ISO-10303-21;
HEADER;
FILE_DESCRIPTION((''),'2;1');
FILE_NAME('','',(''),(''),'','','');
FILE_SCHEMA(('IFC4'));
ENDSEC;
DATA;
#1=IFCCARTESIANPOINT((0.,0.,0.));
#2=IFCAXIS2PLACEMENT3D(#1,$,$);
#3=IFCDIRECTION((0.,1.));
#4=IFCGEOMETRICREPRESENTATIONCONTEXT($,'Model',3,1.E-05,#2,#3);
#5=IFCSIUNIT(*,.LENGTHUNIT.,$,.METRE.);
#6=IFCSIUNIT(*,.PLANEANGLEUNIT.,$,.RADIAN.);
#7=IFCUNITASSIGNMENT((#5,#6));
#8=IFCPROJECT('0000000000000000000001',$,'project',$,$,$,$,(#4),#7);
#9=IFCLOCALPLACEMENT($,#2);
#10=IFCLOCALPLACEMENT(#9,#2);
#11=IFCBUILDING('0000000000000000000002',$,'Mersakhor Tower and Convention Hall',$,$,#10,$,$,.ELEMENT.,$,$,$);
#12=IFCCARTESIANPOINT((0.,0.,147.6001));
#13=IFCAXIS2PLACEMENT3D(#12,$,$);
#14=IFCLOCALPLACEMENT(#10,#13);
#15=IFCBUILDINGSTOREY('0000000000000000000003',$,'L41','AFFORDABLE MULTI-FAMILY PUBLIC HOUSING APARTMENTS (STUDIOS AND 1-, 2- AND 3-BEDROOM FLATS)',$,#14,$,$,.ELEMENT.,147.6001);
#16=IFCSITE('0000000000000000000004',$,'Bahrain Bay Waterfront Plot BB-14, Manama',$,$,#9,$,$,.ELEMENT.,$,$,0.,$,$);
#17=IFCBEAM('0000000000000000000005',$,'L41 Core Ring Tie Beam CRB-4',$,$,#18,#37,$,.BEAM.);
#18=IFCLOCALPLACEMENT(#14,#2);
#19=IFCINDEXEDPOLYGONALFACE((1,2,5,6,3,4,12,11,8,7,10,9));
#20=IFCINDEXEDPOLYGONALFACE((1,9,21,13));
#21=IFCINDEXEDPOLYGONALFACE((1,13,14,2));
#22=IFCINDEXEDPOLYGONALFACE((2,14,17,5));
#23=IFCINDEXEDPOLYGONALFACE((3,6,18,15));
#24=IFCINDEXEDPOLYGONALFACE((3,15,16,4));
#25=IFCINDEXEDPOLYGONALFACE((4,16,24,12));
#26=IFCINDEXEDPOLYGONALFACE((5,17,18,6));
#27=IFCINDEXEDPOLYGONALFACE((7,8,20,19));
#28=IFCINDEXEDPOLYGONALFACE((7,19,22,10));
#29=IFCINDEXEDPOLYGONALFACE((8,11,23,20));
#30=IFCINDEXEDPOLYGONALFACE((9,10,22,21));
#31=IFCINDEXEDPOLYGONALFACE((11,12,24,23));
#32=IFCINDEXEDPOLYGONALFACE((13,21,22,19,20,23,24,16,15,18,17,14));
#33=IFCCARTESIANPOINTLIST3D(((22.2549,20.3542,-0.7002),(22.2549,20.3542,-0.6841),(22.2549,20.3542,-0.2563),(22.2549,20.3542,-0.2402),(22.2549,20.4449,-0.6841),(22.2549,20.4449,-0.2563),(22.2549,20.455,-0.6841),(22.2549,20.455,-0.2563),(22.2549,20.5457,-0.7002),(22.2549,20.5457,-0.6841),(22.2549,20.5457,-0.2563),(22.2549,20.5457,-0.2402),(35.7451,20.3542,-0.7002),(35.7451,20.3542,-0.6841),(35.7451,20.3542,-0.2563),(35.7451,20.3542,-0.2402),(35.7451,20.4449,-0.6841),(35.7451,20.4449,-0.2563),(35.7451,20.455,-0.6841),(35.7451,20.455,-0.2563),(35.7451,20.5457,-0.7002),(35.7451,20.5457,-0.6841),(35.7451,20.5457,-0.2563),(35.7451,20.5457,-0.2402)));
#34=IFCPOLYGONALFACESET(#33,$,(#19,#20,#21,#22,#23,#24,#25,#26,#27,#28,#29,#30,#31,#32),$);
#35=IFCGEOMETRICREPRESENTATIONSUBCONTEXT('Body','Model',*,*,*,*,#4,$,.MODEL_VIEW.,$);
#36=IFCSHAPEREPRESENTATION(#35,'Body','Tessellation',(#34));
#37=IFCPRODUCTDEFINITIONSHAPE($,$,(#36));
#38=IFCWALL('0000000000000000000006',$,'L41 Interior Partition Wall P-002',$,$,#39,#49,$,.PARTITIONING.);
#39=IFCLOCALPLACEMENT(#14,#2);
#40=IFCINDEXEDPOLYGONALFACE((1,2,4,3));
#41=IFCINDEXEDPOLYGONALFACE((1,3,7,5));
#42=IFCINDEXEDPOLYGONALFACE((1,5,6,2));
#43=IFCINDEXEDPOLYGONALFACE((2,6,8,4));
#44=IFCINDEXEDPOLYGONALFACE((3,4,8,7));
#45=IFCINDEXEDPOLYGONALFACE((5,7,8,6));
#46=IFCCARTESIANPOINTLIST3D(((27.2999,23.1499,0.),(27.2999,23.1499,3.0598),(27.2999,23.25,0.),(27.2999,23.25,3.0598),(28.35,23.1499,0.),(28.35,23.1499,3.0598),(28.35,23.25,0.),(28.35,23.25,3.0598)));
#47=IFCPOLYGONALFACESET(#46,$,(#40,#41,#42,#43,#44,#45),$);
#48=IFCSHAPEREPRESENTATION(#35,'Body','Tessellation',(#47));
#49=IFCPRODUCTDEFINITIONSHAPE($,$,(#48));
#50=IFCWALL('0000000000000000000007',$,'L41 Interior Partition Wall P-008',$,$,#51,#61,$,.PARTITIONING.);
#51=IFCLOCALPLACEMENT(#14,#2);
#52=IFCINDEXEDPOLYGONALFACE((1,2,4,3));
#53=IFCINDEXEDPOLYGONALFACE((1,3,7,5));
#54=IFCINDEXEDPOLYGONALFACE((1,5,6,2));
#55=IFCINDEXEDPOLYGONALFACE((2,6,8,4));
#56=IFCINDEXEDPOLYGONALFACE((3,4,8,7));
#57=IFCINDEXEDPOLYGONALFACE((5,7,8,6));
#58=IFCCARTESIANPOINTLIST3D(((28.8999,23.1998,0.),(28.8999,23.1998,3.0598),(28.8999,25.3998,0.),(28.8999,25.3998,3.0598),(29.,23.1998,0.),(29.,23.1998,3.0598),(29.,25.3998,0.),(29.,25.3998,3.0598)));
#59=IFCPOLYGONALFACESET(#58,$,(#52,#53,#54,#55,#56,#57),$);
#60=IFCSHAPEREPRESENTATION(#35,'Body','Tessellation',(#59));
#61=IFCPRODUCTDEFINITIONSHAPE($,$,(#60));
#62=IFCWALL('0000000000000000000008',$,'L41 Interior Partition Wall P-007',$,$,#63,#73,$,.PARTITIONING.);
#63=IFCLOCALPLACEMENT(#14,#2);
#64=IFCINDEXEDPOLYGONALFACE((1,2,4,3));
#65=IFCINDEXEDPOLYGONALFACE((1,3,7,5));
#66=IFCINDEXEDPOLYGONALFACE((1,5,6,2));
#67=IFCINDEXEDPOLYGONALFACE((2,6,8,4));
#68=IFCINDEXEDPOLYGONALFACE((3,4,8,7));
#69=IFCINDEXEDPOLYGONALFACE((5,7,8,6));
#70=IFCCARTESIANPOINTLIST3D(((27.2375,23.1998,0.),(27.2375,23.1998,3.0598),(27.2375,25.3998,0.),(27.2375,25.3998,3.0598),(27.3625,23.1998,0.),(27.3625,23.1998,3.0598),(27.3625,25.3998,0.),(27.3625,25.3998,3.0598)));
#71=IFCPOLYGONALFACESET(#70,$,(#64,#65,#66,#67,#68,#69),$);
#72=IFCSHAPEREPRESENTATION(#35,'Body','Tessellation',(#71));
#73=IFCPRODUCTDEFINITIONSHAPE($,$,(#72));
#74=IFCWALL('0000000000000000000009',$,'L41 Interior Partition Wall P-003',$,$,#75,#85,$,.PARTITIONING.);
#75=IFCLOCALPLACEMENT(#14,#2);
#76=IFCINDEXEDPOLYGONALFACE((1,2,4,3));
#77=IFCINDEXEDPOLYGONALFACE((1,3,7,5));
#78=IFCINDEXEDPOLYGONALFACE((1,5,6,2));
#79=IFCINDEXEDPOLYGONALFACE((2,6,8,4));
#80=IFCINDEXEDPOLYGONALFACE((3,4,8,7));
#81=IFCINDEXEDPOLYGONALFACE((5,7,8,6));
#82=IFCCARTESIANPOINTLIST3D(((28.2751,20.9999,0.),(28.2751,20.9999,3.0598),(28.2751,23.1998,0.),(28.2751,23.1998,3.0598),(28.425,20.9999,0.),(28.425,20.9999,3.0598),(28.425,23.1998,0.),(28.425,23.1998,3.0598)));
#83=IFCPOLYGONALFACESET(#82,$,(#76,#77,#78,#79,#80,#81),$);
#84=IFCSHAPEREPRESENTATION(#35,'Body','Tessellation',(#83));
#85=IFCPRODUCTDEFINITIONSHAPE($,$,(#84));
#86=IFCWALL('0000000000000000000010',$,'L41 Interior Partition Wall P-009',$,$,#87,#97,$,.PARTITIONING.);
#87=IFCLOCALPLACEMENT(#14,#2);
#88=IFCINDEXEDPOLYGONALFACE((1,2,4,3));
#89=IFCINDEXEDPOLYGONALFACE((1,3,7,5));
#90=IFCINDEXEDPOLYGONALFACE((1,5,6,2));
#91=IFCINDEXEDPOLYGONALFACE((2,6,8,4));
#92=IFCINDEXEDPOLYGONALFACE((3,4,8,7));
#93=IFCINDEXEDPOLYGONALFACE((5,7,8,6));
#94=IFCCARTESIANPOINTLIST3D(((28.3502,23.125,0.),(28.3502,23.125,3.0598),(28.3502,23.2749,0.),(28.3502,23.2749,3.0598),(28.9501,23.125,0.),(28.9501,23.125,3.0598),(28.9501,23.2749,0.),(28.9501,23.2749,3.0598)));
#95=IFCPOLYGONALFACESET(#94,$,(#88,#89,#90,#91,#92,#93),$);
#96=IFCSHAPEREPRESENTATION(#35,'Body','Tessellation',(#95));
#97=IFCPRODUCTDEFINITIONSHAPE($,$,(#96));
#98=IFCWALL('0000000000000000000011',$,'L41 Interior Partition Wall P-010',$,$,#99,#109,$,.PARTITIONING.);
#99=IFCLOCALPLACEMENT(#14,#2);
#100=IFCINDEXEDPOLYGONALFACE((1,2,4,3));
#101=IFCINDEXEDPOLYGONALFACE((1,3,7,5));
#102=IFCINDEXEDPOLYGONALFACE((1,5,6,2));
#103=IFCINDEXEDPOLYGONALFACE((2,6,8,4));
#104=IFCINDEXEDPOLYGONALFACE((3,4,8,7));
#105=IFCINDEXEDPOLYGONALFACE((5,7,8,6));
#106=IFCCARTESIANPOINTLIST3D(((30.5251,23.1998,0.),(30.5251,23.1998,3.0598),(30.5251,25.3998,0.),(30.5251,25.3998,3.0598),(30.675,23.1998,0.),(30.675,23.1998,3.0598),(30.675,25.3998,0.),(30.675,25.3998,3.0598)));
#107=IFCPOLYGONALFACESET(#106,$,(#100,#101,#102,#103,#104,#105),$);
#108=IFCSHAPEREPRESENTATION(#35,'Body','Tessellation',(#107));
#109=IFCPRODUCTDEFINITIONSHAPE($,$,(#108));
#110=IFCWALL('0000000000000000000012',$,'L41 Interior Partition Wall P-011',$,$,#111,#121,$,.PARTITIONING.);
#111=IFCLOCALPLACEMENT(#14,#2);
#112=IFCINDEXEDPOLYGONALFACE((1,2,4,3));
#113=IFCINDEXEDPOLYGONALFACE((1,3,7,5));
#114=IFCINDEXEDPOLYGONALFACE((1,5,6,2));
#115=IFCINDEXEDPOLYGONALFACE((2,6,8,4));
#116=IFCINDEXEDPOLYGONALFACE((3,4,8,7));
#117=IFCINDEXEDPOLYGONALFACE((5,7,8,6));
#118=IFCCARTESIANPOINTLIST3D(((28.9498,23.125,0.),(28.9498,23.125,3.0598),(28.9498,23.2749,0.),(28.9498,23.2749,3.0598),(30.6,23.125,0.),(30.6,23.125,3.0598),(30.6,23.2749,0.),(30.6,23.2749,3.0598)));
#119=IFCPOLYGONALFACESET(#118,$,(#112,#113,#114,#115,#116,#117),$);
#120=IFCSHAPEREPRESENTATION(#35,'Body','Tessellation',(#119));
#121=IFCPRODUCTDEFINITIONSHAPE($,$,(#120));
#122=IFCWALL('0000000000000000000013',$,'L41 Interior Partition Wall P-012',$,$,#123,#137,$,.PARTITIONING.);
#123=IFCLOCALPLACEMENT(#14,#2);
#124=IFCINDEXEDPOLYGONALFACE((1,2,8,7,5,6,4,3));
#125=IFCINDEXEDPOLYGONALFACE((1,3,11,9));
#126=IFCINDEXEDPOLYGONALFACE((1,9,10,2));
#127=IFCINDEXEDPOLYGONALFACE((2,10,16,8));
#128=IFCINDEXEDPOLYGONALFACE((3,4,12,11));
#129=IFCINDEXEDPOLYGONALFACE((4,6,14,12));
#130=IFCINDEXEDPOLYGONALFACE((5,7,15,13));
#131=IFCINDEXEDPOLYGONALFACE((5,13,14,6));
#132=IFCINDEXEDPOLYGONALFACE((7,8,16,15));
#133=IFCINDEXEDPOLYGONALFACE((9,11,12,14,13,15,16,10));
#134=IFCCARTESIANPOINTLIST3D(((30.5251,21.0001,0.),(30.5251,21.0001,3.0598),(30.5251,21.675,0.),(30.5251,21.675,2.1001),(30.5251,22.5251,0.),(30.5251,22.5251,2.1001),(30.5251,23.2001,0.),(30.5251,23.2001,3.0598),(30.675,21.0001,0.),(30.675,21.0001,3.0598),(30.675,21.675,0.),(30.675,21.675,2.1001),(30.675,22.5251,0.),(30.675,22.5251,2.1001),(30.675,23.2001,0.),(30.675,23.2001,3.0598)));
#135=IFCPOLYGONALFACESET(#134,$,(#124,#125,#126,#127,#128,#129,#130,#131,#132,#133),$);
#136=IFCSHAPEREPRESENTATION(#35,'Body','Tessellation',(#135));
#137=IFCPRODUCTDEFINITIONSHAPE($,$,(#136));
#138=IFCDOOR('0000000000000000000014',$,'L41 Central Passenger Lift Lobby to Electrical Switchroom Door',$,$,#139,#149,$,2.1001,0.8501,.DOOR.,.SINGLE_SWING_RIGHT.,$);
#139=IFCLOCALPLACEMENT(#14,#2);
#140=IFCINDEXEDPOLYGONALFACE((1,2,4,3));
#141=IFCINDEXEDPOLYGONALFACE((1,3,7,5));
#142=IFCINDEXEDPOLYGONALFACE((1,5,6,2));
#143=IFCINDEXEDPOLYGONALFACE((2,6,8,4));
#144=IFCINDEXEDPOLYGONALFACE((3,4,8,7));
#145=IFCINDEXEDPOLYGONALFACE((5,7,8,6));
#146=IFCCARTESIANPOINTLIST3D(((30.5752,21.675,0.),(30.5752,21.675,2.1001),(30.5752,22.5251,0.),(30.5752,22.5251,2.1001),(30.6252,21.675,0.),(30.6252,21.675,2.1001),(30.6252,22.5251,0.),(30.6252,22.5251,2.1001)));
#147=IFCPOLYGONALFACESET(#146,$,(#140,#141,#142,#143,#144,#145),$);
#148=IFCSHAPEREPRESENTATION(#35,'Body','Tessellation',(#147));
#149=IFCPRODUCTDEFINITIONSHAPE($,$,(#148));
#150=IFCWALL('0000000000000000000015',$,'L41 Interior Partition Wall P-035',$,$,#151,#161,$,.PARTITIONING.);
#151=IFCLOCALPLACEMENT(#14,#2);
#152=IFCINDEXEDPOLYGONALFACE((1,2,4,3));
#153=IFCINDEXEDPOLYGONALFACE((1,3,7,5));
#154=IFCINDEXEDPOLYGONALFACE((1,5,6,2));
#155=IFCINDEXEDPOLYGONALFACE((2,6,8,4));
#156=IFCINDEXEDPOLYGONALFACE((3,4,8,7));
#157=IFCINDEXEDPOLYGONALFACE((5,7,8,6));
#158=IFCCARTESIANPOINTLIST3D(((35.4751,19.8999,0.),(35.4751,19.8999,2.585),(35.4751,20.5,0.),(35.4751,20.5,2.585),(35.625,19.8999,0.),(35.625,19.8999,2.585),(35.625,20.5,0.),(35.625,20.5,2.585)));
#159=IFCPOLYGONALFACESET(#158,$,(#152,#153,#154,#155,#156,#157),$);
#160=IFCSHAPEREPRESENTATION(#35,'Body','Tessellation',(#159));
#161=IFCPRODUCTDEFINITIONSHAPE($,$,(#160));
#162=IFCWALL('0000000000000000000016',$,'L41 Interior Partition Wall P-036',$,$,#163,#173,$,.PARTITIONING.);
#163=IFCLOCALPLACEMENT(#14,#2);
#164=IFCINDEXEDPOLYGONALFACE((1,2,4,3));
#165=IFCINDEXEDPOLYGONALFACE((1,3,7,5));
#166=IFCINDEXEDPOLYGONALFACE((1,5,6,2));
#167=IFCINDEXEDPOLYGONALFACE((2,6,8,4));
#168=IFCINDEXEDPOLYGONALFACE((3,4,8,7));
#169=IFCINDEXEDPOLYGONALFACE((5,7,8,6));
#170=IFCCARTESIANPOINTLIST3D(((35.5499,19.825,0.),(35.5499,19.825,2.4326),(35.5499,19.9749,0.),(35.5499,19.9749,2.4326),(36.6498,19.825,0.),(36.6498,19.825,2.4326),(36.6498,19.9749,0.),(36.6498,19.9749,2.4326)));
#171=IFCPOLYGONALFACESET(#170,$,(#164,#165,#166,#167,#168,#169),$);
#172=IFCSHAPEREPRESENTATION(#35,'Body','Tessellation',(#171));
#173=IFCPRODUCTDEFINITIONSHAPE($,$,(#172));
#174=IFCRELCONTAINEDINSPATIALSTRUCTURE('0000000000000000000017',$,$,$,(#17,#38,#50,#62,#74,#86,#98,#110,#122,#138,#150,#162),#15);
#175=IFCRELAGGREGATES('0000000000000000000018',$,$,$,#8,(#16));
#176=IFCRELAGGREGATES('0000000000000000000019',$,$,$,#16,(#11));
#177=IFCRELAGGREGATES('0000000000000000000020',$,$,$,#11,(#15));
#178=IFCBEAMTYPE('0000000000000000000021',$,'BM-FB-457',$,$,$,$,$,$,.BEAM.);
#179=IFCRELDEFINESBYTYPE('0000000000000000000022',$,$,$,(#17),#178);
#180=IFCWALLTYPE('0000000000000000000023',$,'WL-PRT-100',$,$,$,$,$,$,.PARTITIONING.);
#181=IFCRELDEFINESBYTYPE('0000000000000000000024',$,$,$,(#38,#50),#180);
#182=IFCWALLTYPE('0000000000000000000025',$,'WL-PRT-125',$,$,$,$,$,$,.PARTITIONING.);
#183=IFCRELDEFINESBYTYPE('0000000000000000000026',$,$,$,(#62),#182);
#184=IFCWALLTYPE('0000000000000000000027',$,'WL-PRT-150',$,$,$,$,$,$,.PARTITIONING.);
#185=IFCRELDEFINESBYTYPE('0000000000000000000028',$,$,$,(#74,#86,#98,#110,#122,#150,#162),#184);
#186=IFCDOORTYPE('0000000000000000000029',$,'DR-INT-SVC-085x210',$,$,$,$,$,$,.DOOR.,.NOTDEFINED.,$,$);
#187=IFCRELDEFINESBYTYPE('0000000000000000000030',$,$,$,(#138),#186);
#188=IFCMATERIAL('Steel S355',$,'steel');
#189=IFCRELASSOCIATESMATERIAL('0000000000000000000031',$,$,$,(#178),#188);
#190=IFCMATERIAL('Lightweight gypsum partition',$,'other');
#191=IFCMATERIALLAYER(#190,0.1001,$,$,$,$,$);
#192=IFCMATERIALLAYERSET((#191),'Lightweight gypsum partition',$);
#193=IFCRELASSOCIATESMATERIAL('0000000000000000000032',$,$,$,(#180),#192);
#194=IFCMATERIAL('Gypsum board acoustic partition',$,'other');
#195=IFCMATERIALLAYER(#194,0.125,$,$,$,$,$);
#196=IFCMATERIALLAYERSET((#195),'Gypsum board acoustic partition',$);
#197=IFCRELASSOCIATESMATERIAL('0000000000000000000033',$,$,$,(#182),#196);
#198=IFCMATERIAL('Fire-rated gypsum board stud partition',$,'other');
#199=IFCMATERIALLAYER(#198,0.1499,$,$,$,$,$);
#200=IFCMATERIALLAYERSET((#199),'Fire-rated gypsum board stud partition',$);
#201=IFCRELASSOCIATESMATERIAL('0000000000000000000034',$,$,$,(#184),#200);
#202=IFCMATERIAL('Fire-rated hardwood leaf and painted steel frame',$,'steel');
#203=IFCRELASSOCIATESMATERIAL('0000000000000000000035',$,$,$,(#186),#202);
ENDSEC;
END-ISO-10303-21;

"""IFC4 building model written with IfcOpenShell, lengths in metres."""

from ifc_helpers import new_model, si_unit, direction, frame, frame_2d, origin, origin_2d, place, context, subcontext, project, spatial, rectangle, i_section, extrude, material, layer, layer_set, material_profile, profile_set, type_object, element, fill, save


model = new_model("IFC4")

# Units and contexts
model_context = context("Model", 3, precision=1e-05, world=origin(), true_north=direction((0.0, 1.0)))
body_context = subcontext(model_context, "Body", "Model", "MODEL_VIEW")
ifc_project = project(units=[si_unit("LENGTHUNIT", "METRE"), si_unit("PLANEANGLEUNIT", "RADIAN")], contexts=[model_context])

# Site, building, storey
site_placement = place(None, origin())
site = spatial("IfcSite", under=ifc_project, at=site_placement, Name="Bahrain Bay Waterfront Plot BB-14, Manama", CompositionType="ELEMENT", RefElevation=0.0)
building_placement = place(site_placement, origin())
building = spatial("IfcBuilding", under=site, at=building_placement, Name="Mersakhor Tower and Convention Hall", CompositionType="ELEMENT")
storey_placement = place(building_placement, frame((0.0, 0.0, 147.6001)))
storey = spatial("IfcBuildingStorey", under=building, at=storey_placement, Name="L41", Description="AFFORDABLE MULTI-FAMILY PUBLIC HOUSING APARTMENTS (STUDIOS AND 1-, 2- AND 3-BEDROOM FLATS)", CompositionType="ELEMENT", Elevation=147.6001)

# Beam
ifc_material_1 = material(Name="Steel S355", Category="steel")
ifc_material_profile = material_profile(ifc_material_1, i_section(OverallWidth=0.1914, OverallDepth=0.46, WebThickness=0.01, FlangeThickness=0.0161, at=origin_2d()), Name="UB 457x191x82")
ifc_profile_set = profile_set([ifc_material_profile], Name="Steel S355")
beam_type = type_object("IfcBeamType", Name="BM-FB-457", PredefinedType="BEAM", material=ifc_profile_set)
beam_placement = place(storey_placement, frame((35.7451, 20.45, -0.4702), z_axis=(-1.0, 0.0, 0.0), x_axis=(0.0, -1.0, 0.0)))
element("IfcBeam", 1, at=beam_placement, inside=storey, type_object=beam_type, Name="L41 Core Ring Tie Beam CRB-4", PredefinedType="BEAM", context=body_context, shape_type="SweptSolid", body=[
    extrude(i_section(OverallWidth=0.1914, OverallDepth=0.46, WebThickness=0.01, FlangeThickness=0.0161, at=origin_2d()), origin(), (0.0, 0.0, 1.0), 13.4902),
])

# Walls
ifc_material_2 = material(Name="Lightweight gypsum partition", Category="other")
ifc_layer_1 = layer(ifc_material_2, 0.1001)
ifc_layer_set_1 = layer_set([ifc_layer_1], Name="Lightweight gypsum partition")
wall_type_1 = type_object("IfcWallType", Name="WL-PRT-100", PredefinedType="PARTITIONING", material=ifc_layer_set_1)
wall_1_placement = place(storey_placement, frame((27.3, 23.2, 0.0), z_axis=(0.0, 0.0, 1.0), x_axis=(1.0, 0.0, 0.0)))
element("IfcWall", 2, at=wall_1_placement, inside=storey, type_object=wall_type_1, Name="L41 Interior Partition Wall P-002", PredefinedType="PARTITIONING", context=body_context, shape_type="SweptSolid", body=[
    extrude(rectangle(XDim=1.05, YDim=0.1001, at=frame_2d((0.5249, 0.0))), origin(), (0.0, 0.0, 1.0), 3.0598),
])
wall_2_placement = place(storey_placement, frame((28.95, 25.3999, 0.0), z_axis=(0.0, 0.0, 1.0), x_axis=(0.0, -1.0, 0.0)))
element("IfcWall", 3, at=wall_2_placement, inside=storey, type_object=wall_type_1, Name="L41 Interior Partition Wall P-008", PredefinedType="PARTITIONING", context=body_context, shape_type="SweptSolid", body=[
    extrude(rectangle(XDim=2.2, YDim=0.1001, at=frame_2d((1.1001, 0.0))), origin(), (0.0, 0.0, 1.0), 3.0598),
])
ifc_material_3 = material(Name="Gypsum board acoustic partition", Category="other")
ifc_layer_2 = layer(ifc_material_3, 0.125)
ifc_layer_set_2 = layer_set([ifc_layer_2], Name="Gypsum board acoustic partition")
wall_type_2 = type_object("IfcWallType", Name="WL-PRT-125", PredefinedType="PARTITIONING", material=ifc_layer_set_2)
wall_3_placement = place(storey_placement, frame((27.3, 25.3999, 0.0), z_axis=(0.0, 0.0, 1.0), x_axis=(0.0, -1.0, 0.0)))
element("IfcWall", 4, at=wall_3_placement, inside=storey, type_object=wall_type_2, Name="L41 Interior Partition Wall P-007", PredefinedType="PARTITIONING", context=body_context, shape_type="SweptSolid", body=[
    extrude(rectangle(XDim=2.2, YDim=0.125, at=frame_2d((1.1001, 0.0))), origin(), (0.0, 0.0, 1.0), 3.0598),
])
ifc_material_4 = material(Name="Fire-rated gypsum board stud partition", Category="other")
ifc_layer_3 = layer(ifc_material_4, 0.1499)
ifc_layer_set_3 = layer_set([ifc_layer_3], Name="Fire-rated gypsum board stud partition")
wall_type_3 = type_object("IfcWallType", Name="WL-PRT-150", PredefinedType="PARTITIONING", material=ifc_layer_set_3)
wall_4_placement = place(storey_placement, frame((28.3501, 23.2, 0.0), z_axis=(0.0, 0.0, 1.0), x_axis=(0.0, -1.0, 0.0)))
element("IfcWall", 5, at=wall_4_placement, inside=storey, type_object=wall_type_3, Name="L41 Interior Partition Wall P-003", PredefinedType="PARTITIONING", context=body_context, shape_type="SweptSolid", body=[
    extrude(rectangle(XDim=2.2, YDim=0.1499, at=frame_2d((1.1001, 0.0))), origin(), (0.0, 0.0, 1.0), 3.0598),
])
wall_5_placement = place(storey_placement, frame((28.95, 23.2, 0.0), z_axis=(0.0, 0.0, 1.0), x_axis=(-1.0, 0.0, 0.0)))
element("IfcWall", 6, at=wall_5_placement, inside=storey, type_object=wall_type_3, Name="L41 Interior Partition Wall P-009", PredefinedType="PARTITIONING", context=body_context, shape_type="SweptSolid", body=[
    extrude(rectangle(XDim=0.5999, YDim=0.1499, at=frame_2d((0.2998, 0.0))), origin(), (0.0, 0.0, 1.0), 3.0598),
])
wall_6_placement = place(storey_placement, frame((30.6001, 25.3999, 0.0), z_axis=(0.0, 0.0, 1.0), x_axis=(0.0, -1.0, 0.0)))
element("IfcWall", 7, at=wall_6_placement, inside=storey, type_object=wall_type_3, Name="L41 Interior Partition Wall P-010", PredefinedType="PARTITIONING", context=body_context, shape_type="SweptSolid", body=[
    extrude(rectangle(XDim=2.2, YDim=0.1499, at=frame_2d((1.1001, 0.0))), origin(), (0.0, 0.0, 1.0), 3.0598),
])
wall_7_placement = place(storey_placement, frame((30.6001, 23.2, 0.0), z_axis=(0.0, 0.0, 1.0), x_axis=(-1.0, 0.0, 0.0)))
element("IfcWall", 8, at=wall_7_placement, inside=storey, type_object=wall_type_3, Name="L41 Interior Partition Wall P-011", PredefinedType="PARTITIONING", context=body_context, shape_type="SweptSolid", body=[
    extrude(rectangle(XDim=1.6501, YDim=0.1499, at=frame_2d((0.8252, 0.0))), origin(), (0.0, 0.0, 1.0), 3.0598),
])

# Wall, opening, door
wall_8_placement = place(storey_placement, frame((30.6001, 21.0, 0.0), z_axis=(0.0, 0.0, 1.0), x_axis=(0.0, 1.0, 0.0)))
wall_8 = element("IfcWall", 9, at=wall_8_placement, inside=storey, type_object=wall_type_3, Name="L41 Interior Partition Wall P-012", PredefinedType="PARTITIONING", context=body_context, shape_type="SweptSolid", body=[
    extrude(rectangle(XDim=2.2, YDim=0.1499, at=frame_2d((1.1001, 0.0))), origin(), (0.0, 0.0, 1.0), 3.0598),
])
opening_1_placement = place(wall_8_placement, frame((0.675, 0.0, 0.0)))
opening_1 = element("IfcOpeningElement", 10, at=opening_1_placement, cuts=wall_8, PredefinedType="OPENING", context=body_context, shape_type="SweptSolid", body=[
    extrude(rectangle(XDim=0.8501, YDim=2.1001, at=frame_2d((0.425, 1.05))), frame((0.0, 0.085, 0.0), z_axis=(0.0, -1.0, 0.0), x_axis=(1.0, 0.0, 0.0)), (0.0, 0.0, 1.0), 0.1699),
])
ifc_material_5 = material(Name="Fire-rated hardwood leaf and painted steel frame", Category="steel")
door_type_1 = type_object("IfcDoorType", Name="DR-INT-SVC-085x210", OperationType="NOTDEFINED", PredefinedType="DOOR", material=ifc_material_5)
door_1_placement = place(opening_1_placement, origin())
door_1 = element("IfcDoor", 11, at=door_1_placement, inside=storey, type_object=door_type_1, Name="L41 Central Passenger Lift Lobby to Electrical Switchroom Door", OperationType="SINGLE_SWING_RIGHT", OverallHeight=2.1001, OverallWidth=0.8501, PredefinedType="DOOR", context=body_context, shape_type="SweptSolid", body=[
    extrude(rectangle(XDim=0.8501, YDim=2.1001, at=frame_2d((0.425, 1.05))), frame((0.0, 0.0249, 0.0), z_axis=(0.0, -1.0, 0.0), x_axis=(1.0, 0.0, 0.0)), (0.0, 0.0, 1.0), 0.05),
])
fill(opening_1, door_1)

# Walls
wall_9_placement = place(storey_placement, frame((35.55, 20.5, 0.0), z_axis=(0.0, 0.0, 1.0), x_axis=(0.0, -1.0, 0.0)))
element("IfcWall", 12, at=wall_9_placement, inside=storey, type_object=wall_type_3, Name="L41 Interior Partition Wall P-035", PredefinedType="PARTITIONING", context=body_context, shape_type="SweptSolid", body=[
    extrude(rectangle(XDim=0.6001, YDim=0.1499, at=frame_2d((0.3, 0.0))), origin(), (0.0, 0.0, 1.0), 2.585),
])
wall_10_placement = place(storey_placement, frame((35.55, 19.8999, 0.0), z_axis=(0.0, 0.0, 1.0), x_axis=(1.0, 0.0, 0.0)))
element("IfcWall", 13, at=wall_10_placement, inside=storey, type_object=wall_type_3, Name="L41 Interior Partition Wall P-036", PredefinedType="PARTITIONING", context=body_context, shape_type="SweptSolid", body=[
    extrude(rectangle(XDim=1.0999, YDim=0.1499, at=frame_2d((0.5498, 0.0))), origin(), (0.0, 0.0, 1.0), 2.4326),
])

save(model, "model.ifc")
